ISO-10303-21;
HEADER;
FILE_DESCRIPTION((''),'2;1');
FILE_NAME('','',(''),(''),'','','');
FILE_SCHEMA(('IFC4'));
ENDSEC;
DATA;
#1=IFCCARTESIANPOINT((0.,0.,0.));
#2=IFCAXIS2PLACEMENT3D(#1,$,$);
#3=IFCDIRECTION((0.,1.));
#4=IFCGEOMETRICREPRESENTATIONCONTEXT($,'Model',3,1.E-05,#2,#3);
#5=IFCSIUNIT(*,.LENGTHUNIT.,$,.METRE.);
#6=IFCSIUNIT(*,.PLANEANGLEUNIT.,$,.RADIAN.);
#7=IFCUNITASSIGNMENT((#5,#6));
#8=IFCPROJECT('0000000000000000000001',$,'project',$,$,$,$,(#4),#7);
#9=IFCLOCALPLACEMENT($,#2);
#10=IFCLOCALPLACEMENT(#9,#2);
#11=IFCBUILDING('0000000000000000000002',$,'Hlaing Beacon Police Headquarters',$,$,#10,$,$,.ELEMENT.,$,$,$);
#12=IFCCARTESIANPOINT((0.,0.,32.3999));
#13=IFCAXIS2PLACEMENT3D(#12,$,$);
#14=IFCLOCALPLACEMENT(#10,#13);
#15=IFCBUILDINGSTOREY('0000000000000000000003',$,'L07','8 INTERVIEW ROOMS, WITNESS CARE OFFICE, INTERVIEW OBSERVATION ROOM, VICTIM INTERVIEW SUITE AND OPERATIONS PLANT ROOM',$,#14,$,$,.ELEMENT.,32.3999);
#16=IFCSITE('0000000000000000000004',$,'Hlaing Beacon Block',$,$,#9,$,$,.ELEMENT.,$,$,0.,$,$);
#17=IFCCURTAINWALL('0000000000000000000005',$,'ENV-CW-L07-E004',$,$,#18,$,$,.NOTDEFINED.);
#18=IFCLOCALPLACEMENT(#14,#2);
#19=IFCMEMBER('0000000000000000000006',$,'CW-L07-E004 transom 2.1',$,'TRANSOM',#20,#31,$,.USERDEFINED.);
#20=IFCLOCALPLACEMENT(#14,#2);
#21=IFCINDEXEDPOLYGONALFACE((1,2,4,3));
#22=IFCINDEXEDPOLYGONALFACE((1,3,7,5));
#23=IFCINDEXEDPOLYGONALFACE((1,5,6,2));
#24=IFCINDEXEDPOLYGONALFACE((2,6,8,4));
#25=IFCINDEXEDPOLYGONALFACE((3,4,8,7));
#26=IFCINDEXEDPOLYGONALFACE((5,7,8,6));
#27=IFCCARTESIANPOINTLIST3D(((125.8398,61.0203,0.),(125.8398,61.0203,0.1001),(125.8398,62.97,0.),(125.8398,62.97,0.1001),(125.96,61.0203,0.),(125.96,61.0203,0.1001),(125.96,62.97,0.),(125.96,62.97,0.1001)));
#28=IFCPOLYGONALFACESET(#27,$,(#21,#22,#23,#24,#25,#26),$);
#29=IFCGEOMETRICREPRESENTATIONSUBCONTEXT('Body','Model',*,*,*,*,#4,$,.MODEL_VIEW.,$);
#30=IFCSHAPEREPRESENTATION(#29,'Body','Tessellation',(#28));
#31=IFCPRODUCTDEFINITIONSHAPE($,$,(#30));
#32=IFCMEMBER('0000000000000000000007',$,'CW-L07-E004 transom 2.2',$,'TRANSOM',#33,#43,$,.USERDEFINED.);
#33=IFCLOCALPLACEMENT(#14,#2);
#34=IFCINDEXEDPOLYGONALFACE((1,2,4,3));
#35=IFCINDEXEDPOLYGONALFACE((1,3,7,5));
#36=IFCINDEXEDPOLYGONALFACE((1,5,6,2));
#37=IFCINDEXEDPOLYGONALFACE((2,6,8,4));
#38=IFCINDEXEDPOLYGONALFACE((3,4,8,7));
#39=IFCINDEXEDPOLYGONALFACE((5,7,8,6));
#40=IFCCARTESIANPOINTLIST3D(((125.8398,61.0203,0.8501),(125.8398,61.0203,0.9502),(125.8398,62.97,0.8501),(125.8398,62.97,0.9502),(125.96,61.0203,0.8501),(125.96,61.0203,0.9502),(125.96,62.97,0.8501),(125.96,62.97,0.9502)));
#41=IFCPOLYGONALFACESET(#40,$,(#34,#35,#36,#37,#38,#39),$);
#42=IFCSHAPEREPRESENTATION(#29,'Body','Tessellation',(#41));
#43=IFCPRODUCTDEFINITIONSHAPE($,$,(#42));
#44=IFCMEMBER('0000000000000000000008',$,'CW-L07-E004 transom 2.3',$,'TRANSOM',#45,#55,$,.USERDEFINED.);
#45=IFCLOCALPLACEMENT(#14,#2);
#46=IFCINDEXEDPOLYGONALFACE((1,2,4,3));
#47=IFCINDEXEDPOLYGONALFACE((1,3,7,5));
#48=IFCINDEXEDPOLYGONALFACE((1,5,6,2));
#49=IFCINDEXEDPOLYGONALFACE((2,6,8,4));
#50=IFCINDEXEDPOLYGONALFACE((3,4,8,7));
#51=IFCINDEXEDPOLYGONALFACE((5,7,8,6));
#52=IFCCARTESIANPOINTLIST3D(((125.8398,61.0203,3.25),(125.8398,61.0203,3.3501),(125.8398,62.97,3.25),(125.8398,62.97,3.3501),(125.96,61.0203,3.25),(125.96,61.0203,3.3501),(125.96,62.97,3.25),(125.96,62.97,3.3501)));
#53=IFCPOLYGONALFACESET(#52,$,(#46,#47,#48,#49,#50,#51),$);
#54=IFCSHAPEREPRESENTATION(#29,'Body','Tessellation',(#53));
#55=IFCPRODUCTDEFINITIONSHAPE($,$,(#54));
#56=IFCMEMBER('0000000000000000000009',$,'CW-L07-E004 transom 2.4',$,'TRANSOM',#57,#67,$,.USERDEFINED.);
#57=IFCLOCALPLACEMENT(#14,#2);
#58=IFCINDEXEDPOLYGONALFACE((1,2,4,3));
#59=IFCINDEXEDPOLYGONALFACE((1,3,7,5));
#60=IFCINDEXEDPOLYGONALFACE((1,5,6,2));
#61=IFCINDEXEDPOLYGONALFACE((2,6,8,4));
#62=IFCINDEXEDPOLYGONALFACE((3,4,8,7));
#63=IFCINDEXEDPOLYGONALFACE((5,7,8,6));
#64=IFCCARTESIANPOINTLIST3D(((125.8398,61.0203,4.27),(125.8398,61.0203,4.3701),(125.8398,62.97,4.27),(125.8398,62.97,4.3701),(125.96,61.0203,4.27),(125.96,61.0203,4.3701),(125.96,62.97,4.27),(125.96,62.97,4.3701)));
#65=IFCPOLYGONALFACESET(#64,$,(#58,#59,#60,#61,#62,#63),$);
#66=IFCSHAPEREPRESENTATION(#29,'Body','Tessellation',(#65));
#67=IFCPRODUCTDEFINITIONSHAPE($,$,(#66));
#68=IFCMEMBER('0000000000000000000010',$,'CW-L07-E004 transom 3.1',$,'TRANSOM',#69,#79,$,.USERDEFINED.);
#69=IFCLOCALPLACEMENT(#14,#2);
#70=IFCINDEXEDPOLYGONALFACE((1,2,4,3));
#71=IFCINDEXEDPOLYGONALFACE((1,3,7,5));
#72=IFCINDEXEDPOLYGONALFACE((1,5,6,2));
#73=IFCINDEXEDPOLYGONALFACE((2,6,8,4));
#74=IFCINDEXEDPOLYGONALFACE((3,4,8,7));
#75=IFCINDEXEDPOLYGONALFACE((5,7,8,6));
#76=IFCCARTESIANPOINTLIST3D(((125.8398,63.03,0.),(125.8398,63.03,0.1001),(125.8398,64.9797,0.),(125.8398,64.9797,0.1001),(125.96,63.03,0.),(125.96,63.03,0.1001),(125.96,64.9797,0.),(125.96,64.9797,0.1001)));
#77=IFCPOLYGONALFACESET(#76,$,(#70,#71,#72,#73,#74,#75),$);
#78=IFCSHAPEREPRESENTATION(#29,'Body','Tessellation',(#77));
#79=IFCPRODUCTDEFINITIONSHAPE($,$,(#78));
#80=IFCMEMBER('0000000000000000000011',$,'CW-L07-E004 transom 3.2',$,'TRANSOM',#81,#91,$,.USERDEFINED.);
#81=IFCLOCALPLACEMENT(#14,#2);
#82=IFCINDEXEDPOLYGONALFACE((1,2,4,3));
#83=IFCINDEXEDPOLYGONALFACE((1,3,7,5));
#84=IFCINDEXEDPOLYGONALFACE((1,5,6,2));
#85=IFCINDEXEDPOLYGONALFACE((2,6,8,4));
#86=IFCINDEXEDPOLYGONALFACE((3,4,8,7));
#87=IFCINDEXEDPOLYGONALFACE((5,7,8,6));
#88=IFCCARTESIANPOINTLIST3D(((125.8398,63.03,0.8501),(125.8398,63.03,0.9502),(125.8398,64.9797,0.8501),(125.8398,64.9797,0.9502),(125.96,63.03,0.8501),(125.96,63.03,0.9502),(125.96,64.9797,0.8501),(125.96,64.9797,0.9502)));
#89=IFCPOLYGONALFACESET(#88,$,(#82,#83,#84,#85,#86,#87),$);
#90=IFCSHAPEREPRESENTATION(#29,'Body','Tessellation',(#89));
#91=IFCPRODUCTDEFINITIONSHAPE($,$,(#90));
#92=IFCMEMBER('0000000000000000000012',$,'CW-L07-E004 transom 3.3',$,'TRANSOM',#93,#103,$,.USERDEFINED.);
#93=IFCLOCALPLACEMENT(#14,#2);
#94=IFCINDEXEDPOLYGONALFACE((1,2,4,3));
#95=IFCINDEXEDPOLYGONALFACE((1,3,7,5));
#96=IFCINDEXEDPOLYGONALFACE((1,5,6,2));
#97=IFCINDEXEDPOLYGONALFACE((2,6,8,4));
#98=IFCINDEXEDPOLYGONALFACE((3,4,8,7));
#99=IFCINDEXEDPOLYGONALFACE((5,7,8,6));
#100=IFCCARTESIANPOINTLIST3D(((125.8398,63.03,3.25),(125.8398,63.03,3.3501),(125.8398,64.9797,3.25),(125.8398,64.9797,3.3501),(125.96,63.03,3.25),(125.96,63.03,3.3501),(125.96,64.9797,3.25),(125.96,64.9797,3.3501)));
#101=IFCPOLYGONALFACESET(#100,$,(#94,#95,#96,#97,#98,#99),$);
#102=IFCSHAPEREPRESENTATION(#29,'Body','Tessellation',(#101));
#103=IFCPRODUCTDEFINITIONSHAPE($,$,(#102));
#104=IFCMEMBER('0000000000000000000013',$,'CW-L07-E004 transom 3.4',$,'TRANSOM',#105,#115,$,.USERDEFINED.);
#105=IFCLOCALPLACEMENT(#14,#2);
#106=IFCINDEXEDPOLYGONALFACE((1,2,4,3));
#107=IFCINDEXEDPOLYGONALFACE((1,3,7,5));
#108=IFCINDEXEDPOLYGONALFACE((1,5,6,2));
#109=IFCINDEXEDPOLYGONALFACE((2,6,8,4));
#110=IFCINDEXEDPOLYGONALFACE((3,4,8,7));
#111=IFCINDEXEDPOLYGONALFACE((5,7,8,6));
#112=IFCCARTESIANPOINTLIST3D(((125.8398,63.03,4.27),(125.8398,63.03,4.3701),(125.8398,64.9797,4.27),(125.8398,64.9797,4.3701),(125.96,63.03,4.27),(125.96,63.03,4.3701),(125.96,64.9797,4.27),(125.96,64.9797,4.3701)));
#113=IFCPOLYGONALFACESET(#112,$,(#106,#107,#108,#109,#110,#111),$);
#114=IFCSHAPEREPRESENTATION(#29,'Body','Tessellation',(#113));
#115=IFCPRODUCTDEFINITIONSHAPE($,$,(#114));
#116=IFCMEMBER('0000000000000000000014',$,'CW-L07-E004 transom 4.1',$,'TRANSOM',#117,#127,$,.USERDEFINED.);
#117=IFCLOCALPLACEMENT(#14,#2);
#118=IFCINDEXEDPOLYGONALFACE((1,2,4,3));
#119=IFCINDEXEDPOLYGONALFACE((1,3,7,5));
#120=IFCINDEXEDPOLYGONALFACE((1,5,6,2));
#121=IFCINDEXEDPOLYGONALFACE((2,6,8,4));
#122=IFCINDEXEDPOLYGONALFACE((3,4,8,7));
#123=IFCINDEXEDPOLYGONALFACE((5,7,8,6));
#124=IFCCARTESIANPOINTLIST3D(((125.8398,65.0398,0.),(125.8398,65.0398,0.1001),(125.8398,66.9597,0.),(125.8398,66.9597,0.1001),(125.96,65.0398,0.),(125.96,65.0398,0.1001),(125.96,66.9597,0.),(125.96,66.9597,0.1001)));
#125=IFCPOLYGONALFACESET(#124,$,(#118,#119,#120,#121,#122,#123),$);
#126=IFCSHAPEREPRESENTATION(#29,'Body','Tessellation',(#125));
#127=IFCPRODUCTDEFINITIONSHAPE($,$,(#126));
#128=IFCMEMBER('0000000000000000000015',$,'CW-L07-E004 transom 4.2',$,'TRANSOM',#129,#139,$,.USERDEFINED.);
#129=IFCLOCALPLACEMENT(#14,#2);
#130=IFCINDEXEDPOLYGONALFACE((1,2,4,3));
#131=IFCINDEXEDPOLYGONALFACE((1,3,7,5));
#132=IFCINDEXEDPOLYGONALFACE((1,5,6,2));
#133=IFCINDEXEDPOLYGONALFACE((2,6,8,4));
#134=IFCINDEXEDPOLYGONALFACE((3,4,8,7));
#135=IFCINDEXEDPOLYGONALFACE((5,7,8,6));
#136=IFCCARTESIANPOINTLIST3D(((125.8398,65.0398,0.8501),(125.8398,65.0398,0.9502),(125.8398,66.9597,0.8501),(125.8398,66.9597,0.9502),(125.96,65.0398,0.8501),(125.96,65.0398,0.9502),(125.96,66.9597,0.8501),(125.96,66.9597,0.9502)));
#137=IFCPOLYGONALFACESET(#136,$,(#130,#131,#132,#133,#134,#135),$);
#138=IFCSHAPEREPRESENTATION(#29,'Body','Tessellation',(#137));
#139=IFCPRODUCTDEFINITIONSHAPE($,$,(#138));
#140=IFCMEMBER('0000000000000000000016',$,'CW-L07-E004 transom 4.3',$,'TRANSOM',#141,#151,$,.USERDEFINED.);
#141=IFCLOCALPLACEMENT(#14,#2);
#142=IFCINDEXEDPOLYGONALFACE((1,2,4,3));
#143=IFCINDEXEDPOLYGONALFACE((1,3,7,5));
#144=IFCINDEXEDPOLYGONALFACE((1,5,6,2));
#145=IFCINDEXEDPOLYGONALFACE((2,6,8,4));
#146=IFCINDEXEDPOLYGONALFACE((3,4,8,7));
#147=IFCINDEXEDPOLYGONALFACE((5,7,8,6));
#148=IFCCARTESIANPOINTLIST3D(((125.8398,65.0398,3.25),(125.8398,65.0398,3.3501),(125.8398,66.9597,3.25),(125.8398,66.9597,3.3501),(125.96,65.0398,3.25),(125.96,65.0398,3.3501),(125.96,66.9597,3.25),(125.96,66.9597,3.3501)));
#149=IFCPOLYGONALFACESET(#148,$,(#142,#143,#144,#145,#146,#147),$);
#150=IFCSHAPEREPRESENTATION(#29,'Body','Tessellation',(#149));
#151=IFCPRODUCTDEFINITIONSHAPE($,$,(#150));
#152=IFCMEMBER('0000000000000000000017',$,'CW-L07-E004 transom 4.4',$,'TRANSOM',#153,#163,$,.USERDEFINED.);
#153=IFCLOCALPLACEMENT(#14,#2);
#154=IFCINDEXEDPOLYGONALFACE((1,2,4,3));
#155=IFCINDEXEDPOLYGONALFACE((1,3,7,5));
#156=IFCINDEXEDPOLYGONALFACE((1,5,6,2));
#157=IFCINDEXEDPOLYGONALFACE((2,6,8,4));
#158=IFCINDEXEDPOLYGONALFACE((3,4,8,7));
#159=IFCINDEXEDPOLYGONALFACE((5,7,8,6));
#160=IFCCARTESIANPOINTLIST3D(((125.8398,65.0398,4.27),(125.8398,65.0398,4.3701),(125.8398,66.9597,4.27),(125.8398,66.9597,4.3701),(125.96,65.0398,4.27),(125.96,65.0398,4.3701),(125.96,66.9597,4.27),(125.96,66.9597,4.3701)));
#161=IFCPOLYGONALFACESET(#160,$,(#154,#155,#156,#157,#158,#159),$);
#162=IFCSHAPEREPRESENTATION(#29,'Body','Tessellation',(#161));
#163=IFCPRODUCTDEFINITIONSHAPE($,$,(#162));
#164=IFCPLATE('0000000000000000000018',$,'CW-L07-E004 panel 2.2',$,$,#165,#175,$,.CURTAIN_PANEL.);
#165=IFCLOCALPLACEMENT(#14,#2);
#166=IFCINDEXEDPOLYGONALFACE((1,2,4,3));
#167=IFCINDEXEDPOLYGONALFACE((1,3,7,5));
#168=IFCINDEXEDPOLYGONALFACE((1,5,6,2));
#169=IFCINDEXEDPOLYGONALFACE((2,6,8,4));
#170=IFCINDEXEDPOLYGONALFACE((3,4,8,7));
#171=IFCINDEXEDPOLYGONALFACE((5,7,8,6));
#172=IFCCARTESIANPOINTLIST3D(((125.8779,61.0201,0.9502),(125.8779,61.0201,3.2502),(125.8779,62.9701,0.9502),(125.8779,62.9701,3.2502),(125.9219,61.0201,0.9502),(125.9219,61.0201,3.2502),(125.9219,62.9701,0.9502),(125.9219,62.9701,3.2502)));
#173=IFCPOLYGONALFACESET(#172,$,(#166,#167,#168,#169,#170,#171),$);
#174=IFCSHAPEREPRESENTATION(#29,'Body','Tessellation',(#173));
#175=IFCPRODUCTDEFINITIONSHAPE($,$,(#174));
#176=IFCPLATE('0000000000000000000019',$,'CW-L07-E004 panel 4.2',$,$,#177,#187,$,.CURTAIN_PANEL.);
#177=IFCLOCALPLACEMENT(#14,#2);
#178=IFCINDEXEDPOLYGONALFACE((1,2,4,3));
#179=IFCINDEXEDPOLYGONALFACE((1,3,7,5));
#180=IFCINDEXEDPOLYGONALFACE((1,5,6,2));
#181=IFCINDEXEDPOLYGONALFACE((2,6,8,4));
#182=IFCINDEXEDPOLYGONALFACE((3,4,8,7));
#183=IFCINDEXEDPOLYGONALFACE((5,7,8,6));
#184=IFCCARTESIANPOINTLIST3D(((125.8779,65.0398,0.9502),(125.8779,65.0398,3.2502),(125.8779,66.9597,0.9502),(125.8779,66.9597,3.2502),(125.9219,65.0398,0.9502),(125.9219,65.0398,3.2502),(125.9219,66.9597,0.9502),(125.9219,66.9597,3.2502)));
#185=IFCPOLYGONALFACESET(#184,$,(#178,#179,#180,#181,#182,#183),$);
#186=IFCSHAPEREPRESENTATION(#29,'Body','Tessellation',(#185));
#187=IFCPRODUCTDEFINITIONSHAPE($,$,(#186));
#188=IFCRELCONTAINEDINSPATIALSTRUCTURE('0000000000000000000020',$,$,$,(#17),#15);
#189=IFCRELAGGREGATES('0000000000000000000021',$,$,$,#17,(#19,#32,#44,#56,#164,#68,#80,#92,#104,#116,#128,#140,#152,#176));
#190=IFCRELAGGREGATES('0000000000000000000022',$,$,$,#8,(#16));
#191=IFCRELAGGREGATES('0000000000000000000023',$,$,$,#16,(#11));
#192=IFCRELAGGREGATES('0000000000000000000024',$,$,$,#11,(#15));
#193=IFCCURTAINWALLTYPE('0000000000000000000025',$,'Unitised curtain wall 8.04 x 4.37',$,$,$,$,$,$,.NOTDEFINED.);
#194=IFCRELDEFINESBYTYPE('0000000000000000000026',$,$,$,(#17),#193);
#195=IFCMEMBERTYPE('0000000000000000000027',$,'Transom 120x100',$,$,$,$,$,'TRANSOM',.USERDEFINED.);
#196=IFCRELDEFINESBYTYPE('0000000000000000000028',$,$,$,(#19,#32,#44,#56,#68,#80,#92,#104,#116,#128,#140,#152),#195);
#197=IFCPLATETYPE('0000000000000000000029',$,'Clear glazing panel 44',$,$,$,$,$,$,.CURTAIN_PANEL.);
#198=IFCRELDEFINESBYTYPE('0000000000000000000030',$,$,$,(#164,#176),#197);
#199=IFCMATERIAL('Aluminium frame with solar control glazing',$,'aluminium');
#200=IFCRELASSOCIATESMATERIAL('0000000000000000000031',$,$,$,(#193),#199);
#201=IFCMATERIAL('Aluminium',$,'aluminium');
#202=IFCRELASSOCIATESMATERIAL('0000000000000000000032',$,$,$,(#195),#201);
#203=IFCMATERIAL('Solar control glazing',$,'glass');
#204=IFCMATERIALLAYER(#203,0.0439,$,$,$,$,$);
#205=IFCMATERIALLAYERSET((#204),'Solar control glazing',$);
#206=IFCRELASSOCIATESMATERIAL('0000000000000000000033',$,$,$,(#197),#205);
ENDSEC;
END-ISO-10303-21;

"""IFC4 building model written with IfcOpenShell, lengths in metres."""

from ifc_helpers import new_model, si_unit, direction, frame, origin, origin_2d, place, context, subcontext, project, spatial, rectangle, extrude, material, layer, layer_set, material_profile, profile_set, type_object, element, aggregate, save


model = new_model("IFC4")

# Units and contexts
model_context = context("Model", 3, precision=1e-05, world=origin(), true_north=direction((0.0, 1.0)))
body_context = subcontext(model_context, "Body", "Model", "MODEL_VIEW")
ifc_project = project(units=[si_unit("LENGTHUNIT", "METRE"), si_unit("PLANEANGLEUNIT", "RADIAN")], contexts=[model_context])

# Site, building, storey
site_placement = place(None, origin())
site = spatial("IfcSite", under=ifc_project, at=site_placement, Name="Hlaing Beacon Block", CompositionType="ELEMENT", RefElevation=0.0)
building_placement = place(site_placement, origin())
building = spatial("IfcBuilding", under=site, at=building_placement, Name="Hlaing Beacon Police Headquarters", CompositionType="ELEMENT")
storey_placement = place(building_placement, frame((0.0, 0.0, 32.3999)))
storey = spatial("IfcBuildingStorey", under=building, at=storey_placement, Name="L07", Description="8 INTERVIEW ROOMS, WITNESS CARE OFFICE, INTERVIEW OBSERVATION ROOM, VICTIM INTERVIEW SUITE AND OPERATIONS PLANT ROOM", CompositionType="ELEMENT", Elevation=32.3999)

# Curtain wall, members, plates
ifc_material_1 = material(Name="Aluminium frame with solar control glazing", Category="aluminium")
curtain_wall_type = type_object("IfcCurtainWallType", Name="Unitised curtain wall 8.04 x 4.37", PredefinedType="NOTDEFINED", material=ifc_material_1)
curtain_wall_placement = place(storey_placement, origin())
curtain_wall = element("IfcCurtainWall", 1, at=curtain_wall_placement, inside=storey, type_object=curtain_wall_type, Name="ENV-CW-L07-E004", PredefinedType="NOTDEFINED")
ifc_material_2 = material(Name="Aluminium", Category="aluminium")
ifc_material_profile_1 = material_profile(ifc_material_2, rectangle(XDim=0.1201, YDim=0.1001, at=origin_2d()), Name="Transom 120x100")
ifc_profile_set_1 = profile_set([ifc_material_profile_1], Name="Aluminium")
member_type_1 = type_object("IfcMemberType", Name="Transom 120x100", ElementType="TRANSOM", PredefinedType="USERDEFINED", material=ifc_profile_set_1)
member_1_placement = place(storey_placement, frame((125.8999, 61.0203, 0.05), z_axis=(0.0, 1.0, 0.0), x_axis=(-1.0, 0.0, 0.0)))
member_1 = element("IfcMember", 2, at=member_1_placement, type_object=member_type_1, Name="CW-L07-E004 transom 2.1", ObjectType="TRANSOM", PredefinedType="USERDEFINED", context=body_context, shape_type="SweptSolid", body=[
    extrude(rectangle(XDim=0.1201, YDim=0.1001, at=origin_2d()), origin(), (0.0, 0.0, 1.0), 1.9497),
])
member_2_placement = place(storey_placement, frame((125.8999, 61.0203, 0.9001), z_axis=(0.0, 1.0, 0.0), x_axis=(-1.0, 0.0, 0.0)))
member_2 = element("IfcMember", 3, at=member_2_placement, type_object=member_type_1, Name="CW-L07-E004 transom 2.2", ObjectType="TRANSOM", PredefinedType="USERDEFINED", context=body_context, shape_type="SweptSolid", body=[
    extrude(rectangle(XDim=0.1201, YDim=0.1001, at=origin_2d()), origin(), (0.0, 0.0, 1.0), 1.9497),
])
member_3_placement = place(storey_placement, frame((125.8999, 61.0203, 3.3), z_axis=(0.0, 1.0, 0.0), x_axis=(-1.0, 0.0, 0.0)))
member_3 = element("IfcMember", 4, at=member_3_placement, type_object=member_type_1, Name="CW-L07-E004 transom 2.3", ObjectType="TRANSOM", PredefinedType="USERDEFINED", context=body_context, shape_type="SweptSolid", body=[
    extrude(rectangle(XDim=0.1201, YDim=0.1001, at=origin_2d()), origin(), (0.0, 0.0, 1.0), 1.9497),
])
member_4_placement = place(storey_placement, frame((125.8999, 61.0203, 4.3201), z_axis=(0.0, 1.0, 0.0), x_axis=(-1.0, 0.0, 0.0)))
member_4 = element("IfcMember", 5, at=member_4_placement, type_object=member_type_1, Name="CW-L07-E004 transom 2.4", ObjectType="TRANSOM", PredefinedType="USERDEFINED", context=body_context, shape_type="SweptSolid", body=[
    extrude(rectangle(XDim=0.1201, YDim=0.1001, at=origin_2d()), origin(), (0.0, 0.0, 1.0), 1.9497),
])
member_5_placement = place(storey_placement, frame((125.8999, 63.03, 0.05), z_axis=(0.0, 1.0, 0.0), x_axis=(-1.0, 0.0, 0.0)))
member_5 = element("IfcMember", 6, at=member_5_placement, type_object=member_type_1, Name="CW-L07-E004 transom 3.1", ObjectType="TRANSOM", PredefinedType="USERDEFINED", context=body_context, shape_type="SweptSolid", body=[
    extrude(rectangle(XDim=0.1201, YDim=0.1001, at=origin_2d()), origin(), (0.0, 0.0, 1.0), 1.9497),
])
member_6_placement = place(storey_placement, frame((125.8999, 63.03, 0.9001), z_axis=(0.0, 1.0, 0.0), x_axis=(-1.0, 0.0, 0.0)))
member_6 = element("IfcMember", 7, at=member_6_placement, type_object=member_type_1, Name="CW-L07-E004 transom 3.2", ObjectType="TRANSOM", PredefinedType="USERDEFINED", context=body_context, shape_type="SweptSolid", body=[
    extrude(rectangle(XDim=0.1201, YDim=0.1001, at=origin_2d()), origin(), (0.0, 0.0, 1.0), 1.9497),
])
member_7_placement = place(storey_placement, frame((125.8999, 63.03, 3.3), z_axis=(0.0, 1.0, 0.0), x_axis=(-1.0, 0.0, 0.0)))
member_7 = element("IfcMember", 8, at=member_7_placement, type_object=member_type_1, Name="CW-L07-E004 transom 3.3", ObjectType="TRANSOM", PredefinedType="USERDEFINED", context=body_context, shape_type="SweptSolid", body=[
    extrude(rectangle(XDim=0.1201, YDim=0.1001, at=origin_2d()), origin(), (0.0, 0.0, 1.0), 1.9497),
])
member_8_placement = place(storey_placement, frame((125.8999, 63.03, 4.3201), z_axis=(0.0, 1.0, 0.0), x_axis=(-1.0, 0.0, 0.0)))
member_8 = element("IfcMember", 9, at=member_8_placement, type_object=member_type_1, Name="CW-L07-E004 transom 3.4", ObjectType="TRANSOM", PredefinedType="USERDEFINED", context=body_context, shape_type="SweptSolid", body=[
    extrude(rectangle(XDim=0.1201, YDim=0.1001, at=origin_2d()), origin(), (0.0, 0.0, 1.0), 1.9497),
])
member_9_placement = place(storey_placement, frame((125.8999, 65.0398, 0.05), z_axis=(0.0, 1.0, 0.0), x_axis=(-1.0, 0.0, 0.0)))
member_9 = element("IfcMember", 10, at=member_9_placement, type_object=member_type_1, Name="CW-L07-E004 transom 4.1", ObjectType="TRANSOM", PredefinedType="USERDEFINED", context=body_context, shape_type="SweptSolid", body=[
    extrude(rectangle(XDim=0.1201, YDim=0.1001, at=origin_2d()), origin(), (0.0, 0.0, 1.0), 1.9199),
])
member_10_placement = place(storey_placement, frame((125.8999, 65.0398, 0.9001), z_axis=(0.0, 1.0, 0.0), x_axis=(-1.0, 0.0, 0.0)))
member_10 = element("IfcMember", 11, at=member_10_placement, type_object=member_type_1, Name="CW-L07-E004 transom 4.2", ObjectType="TRANSOM", PredefinedType="USERDEFINED", context=body_context, shape_type="SweptSolid", body=[
    extrude(rectangle(XDim=0.1201, YDim=0.1001, at=origin_2d()), origin(), (0.0, 0.0, 1.0), 1.9199),
])
member_11_placement = place(storey_placement, frame((125.8999, 65.0398, 3.3), z_axis=(0.0, 1.0, 0.0), x_axis=(-1.0, 0.0, 0.0)))
member_11 = element("IfcMember", 12, at=member_11_placement, type_object=member_type_1, Name="CW-L07-E004 transom 4.3", ObjectType="TRANSOM", PredefinedType="USERDEFINED", context=body_context, shape_type="SweptSolid", body=[
    extrude(rectangle(XDim=0.1201, YDim=0.1001, at=origin_2d()), origin(), (0.0, 0.0, 1.0), 1.9199),
])
member_12_placement = place(storey_placement, frame((125.8999, 65.0398, 4.3201), z_axis=(0.0, 1.0, 0.0), x_axis=(-1.0, 0.0, 0.0)))
member_12 = element("IfcMember", 13, at=member_12_placement, type_object=member_type_1, Name="CW-L07-E004 transom 4.4", ObjectType="TRANSOM", PredefinedType="USERDEFINED", context=body_context, shape_type="SweptSolid", body=[
    extrude(rectangle(XDim=0.1201, YDim=0.1001, at=origin_2d()), origin(), (0.0, 0.0, 1.0), 1.9199),
])
ifc_material_3 = material(Name="Solar control glazing", Category="glass")
ifc_layer_1 = layer(ifc_material_3, 0.0439)
ifc_layer_set_1 = layer_set([ifc_layer_1], Name="Solar control glazing")
plate_type_1 = type_object("IfcPlateType", Name="Clear glazing panel 44", PredefinedType="CURTAIN_PANEL", material=ifc_layer_set_1)
plate_1_placement = place(storey_placement, frame((125.8999, 61.9951, 0.9502), z_axis=(0.0, 0.0, 1.0), x_axis=(0.0, 1.0, 0.0)))
plate_1 = element("IfcPlate", 14, at=plate_1_placement, type_object=plate_type_1, Name="CW-L07-E004 panel 2.2", PredefinedType="CURTAIN_PANEL", context=body_context, shape_type="SweptSolid", body=[
    extrude(rectangle(XDim=1.95, YDim=0.0439, at=origin_2d()), origin(), (0.0, 0.0, 1.0), 2.3),
])
plate_2_placement = place(storey_placement, frame((125.8999, 65.9998, 0.9502), z_axis=(0.0, 0.0, 1.0), x_axis=(0.0, 1.0, 0.0)))
plate_2 = element("IfcPlate", 15, at=plate_2_placement, type_object=plate_type_1, Name="CW-L07-E004 panel 4.2", PredefinedType="CURTAIN_PANEL", context=body_context, shape_type="SweptSolid", body=[
    extrude(rectangle(XDim=1.9199, YDim=0.0439, at=origin_2d()), origin(), (0.0, 0.0, 1.0), 2.3),
])
aggregate(curtain_wall, [member_1, member_2, member_3, member_4, plate_1, member_5, member_6, member_7, member_8, member_9, member_10, member_11, member_12, plate_2])

save(model, "model.ifc")
